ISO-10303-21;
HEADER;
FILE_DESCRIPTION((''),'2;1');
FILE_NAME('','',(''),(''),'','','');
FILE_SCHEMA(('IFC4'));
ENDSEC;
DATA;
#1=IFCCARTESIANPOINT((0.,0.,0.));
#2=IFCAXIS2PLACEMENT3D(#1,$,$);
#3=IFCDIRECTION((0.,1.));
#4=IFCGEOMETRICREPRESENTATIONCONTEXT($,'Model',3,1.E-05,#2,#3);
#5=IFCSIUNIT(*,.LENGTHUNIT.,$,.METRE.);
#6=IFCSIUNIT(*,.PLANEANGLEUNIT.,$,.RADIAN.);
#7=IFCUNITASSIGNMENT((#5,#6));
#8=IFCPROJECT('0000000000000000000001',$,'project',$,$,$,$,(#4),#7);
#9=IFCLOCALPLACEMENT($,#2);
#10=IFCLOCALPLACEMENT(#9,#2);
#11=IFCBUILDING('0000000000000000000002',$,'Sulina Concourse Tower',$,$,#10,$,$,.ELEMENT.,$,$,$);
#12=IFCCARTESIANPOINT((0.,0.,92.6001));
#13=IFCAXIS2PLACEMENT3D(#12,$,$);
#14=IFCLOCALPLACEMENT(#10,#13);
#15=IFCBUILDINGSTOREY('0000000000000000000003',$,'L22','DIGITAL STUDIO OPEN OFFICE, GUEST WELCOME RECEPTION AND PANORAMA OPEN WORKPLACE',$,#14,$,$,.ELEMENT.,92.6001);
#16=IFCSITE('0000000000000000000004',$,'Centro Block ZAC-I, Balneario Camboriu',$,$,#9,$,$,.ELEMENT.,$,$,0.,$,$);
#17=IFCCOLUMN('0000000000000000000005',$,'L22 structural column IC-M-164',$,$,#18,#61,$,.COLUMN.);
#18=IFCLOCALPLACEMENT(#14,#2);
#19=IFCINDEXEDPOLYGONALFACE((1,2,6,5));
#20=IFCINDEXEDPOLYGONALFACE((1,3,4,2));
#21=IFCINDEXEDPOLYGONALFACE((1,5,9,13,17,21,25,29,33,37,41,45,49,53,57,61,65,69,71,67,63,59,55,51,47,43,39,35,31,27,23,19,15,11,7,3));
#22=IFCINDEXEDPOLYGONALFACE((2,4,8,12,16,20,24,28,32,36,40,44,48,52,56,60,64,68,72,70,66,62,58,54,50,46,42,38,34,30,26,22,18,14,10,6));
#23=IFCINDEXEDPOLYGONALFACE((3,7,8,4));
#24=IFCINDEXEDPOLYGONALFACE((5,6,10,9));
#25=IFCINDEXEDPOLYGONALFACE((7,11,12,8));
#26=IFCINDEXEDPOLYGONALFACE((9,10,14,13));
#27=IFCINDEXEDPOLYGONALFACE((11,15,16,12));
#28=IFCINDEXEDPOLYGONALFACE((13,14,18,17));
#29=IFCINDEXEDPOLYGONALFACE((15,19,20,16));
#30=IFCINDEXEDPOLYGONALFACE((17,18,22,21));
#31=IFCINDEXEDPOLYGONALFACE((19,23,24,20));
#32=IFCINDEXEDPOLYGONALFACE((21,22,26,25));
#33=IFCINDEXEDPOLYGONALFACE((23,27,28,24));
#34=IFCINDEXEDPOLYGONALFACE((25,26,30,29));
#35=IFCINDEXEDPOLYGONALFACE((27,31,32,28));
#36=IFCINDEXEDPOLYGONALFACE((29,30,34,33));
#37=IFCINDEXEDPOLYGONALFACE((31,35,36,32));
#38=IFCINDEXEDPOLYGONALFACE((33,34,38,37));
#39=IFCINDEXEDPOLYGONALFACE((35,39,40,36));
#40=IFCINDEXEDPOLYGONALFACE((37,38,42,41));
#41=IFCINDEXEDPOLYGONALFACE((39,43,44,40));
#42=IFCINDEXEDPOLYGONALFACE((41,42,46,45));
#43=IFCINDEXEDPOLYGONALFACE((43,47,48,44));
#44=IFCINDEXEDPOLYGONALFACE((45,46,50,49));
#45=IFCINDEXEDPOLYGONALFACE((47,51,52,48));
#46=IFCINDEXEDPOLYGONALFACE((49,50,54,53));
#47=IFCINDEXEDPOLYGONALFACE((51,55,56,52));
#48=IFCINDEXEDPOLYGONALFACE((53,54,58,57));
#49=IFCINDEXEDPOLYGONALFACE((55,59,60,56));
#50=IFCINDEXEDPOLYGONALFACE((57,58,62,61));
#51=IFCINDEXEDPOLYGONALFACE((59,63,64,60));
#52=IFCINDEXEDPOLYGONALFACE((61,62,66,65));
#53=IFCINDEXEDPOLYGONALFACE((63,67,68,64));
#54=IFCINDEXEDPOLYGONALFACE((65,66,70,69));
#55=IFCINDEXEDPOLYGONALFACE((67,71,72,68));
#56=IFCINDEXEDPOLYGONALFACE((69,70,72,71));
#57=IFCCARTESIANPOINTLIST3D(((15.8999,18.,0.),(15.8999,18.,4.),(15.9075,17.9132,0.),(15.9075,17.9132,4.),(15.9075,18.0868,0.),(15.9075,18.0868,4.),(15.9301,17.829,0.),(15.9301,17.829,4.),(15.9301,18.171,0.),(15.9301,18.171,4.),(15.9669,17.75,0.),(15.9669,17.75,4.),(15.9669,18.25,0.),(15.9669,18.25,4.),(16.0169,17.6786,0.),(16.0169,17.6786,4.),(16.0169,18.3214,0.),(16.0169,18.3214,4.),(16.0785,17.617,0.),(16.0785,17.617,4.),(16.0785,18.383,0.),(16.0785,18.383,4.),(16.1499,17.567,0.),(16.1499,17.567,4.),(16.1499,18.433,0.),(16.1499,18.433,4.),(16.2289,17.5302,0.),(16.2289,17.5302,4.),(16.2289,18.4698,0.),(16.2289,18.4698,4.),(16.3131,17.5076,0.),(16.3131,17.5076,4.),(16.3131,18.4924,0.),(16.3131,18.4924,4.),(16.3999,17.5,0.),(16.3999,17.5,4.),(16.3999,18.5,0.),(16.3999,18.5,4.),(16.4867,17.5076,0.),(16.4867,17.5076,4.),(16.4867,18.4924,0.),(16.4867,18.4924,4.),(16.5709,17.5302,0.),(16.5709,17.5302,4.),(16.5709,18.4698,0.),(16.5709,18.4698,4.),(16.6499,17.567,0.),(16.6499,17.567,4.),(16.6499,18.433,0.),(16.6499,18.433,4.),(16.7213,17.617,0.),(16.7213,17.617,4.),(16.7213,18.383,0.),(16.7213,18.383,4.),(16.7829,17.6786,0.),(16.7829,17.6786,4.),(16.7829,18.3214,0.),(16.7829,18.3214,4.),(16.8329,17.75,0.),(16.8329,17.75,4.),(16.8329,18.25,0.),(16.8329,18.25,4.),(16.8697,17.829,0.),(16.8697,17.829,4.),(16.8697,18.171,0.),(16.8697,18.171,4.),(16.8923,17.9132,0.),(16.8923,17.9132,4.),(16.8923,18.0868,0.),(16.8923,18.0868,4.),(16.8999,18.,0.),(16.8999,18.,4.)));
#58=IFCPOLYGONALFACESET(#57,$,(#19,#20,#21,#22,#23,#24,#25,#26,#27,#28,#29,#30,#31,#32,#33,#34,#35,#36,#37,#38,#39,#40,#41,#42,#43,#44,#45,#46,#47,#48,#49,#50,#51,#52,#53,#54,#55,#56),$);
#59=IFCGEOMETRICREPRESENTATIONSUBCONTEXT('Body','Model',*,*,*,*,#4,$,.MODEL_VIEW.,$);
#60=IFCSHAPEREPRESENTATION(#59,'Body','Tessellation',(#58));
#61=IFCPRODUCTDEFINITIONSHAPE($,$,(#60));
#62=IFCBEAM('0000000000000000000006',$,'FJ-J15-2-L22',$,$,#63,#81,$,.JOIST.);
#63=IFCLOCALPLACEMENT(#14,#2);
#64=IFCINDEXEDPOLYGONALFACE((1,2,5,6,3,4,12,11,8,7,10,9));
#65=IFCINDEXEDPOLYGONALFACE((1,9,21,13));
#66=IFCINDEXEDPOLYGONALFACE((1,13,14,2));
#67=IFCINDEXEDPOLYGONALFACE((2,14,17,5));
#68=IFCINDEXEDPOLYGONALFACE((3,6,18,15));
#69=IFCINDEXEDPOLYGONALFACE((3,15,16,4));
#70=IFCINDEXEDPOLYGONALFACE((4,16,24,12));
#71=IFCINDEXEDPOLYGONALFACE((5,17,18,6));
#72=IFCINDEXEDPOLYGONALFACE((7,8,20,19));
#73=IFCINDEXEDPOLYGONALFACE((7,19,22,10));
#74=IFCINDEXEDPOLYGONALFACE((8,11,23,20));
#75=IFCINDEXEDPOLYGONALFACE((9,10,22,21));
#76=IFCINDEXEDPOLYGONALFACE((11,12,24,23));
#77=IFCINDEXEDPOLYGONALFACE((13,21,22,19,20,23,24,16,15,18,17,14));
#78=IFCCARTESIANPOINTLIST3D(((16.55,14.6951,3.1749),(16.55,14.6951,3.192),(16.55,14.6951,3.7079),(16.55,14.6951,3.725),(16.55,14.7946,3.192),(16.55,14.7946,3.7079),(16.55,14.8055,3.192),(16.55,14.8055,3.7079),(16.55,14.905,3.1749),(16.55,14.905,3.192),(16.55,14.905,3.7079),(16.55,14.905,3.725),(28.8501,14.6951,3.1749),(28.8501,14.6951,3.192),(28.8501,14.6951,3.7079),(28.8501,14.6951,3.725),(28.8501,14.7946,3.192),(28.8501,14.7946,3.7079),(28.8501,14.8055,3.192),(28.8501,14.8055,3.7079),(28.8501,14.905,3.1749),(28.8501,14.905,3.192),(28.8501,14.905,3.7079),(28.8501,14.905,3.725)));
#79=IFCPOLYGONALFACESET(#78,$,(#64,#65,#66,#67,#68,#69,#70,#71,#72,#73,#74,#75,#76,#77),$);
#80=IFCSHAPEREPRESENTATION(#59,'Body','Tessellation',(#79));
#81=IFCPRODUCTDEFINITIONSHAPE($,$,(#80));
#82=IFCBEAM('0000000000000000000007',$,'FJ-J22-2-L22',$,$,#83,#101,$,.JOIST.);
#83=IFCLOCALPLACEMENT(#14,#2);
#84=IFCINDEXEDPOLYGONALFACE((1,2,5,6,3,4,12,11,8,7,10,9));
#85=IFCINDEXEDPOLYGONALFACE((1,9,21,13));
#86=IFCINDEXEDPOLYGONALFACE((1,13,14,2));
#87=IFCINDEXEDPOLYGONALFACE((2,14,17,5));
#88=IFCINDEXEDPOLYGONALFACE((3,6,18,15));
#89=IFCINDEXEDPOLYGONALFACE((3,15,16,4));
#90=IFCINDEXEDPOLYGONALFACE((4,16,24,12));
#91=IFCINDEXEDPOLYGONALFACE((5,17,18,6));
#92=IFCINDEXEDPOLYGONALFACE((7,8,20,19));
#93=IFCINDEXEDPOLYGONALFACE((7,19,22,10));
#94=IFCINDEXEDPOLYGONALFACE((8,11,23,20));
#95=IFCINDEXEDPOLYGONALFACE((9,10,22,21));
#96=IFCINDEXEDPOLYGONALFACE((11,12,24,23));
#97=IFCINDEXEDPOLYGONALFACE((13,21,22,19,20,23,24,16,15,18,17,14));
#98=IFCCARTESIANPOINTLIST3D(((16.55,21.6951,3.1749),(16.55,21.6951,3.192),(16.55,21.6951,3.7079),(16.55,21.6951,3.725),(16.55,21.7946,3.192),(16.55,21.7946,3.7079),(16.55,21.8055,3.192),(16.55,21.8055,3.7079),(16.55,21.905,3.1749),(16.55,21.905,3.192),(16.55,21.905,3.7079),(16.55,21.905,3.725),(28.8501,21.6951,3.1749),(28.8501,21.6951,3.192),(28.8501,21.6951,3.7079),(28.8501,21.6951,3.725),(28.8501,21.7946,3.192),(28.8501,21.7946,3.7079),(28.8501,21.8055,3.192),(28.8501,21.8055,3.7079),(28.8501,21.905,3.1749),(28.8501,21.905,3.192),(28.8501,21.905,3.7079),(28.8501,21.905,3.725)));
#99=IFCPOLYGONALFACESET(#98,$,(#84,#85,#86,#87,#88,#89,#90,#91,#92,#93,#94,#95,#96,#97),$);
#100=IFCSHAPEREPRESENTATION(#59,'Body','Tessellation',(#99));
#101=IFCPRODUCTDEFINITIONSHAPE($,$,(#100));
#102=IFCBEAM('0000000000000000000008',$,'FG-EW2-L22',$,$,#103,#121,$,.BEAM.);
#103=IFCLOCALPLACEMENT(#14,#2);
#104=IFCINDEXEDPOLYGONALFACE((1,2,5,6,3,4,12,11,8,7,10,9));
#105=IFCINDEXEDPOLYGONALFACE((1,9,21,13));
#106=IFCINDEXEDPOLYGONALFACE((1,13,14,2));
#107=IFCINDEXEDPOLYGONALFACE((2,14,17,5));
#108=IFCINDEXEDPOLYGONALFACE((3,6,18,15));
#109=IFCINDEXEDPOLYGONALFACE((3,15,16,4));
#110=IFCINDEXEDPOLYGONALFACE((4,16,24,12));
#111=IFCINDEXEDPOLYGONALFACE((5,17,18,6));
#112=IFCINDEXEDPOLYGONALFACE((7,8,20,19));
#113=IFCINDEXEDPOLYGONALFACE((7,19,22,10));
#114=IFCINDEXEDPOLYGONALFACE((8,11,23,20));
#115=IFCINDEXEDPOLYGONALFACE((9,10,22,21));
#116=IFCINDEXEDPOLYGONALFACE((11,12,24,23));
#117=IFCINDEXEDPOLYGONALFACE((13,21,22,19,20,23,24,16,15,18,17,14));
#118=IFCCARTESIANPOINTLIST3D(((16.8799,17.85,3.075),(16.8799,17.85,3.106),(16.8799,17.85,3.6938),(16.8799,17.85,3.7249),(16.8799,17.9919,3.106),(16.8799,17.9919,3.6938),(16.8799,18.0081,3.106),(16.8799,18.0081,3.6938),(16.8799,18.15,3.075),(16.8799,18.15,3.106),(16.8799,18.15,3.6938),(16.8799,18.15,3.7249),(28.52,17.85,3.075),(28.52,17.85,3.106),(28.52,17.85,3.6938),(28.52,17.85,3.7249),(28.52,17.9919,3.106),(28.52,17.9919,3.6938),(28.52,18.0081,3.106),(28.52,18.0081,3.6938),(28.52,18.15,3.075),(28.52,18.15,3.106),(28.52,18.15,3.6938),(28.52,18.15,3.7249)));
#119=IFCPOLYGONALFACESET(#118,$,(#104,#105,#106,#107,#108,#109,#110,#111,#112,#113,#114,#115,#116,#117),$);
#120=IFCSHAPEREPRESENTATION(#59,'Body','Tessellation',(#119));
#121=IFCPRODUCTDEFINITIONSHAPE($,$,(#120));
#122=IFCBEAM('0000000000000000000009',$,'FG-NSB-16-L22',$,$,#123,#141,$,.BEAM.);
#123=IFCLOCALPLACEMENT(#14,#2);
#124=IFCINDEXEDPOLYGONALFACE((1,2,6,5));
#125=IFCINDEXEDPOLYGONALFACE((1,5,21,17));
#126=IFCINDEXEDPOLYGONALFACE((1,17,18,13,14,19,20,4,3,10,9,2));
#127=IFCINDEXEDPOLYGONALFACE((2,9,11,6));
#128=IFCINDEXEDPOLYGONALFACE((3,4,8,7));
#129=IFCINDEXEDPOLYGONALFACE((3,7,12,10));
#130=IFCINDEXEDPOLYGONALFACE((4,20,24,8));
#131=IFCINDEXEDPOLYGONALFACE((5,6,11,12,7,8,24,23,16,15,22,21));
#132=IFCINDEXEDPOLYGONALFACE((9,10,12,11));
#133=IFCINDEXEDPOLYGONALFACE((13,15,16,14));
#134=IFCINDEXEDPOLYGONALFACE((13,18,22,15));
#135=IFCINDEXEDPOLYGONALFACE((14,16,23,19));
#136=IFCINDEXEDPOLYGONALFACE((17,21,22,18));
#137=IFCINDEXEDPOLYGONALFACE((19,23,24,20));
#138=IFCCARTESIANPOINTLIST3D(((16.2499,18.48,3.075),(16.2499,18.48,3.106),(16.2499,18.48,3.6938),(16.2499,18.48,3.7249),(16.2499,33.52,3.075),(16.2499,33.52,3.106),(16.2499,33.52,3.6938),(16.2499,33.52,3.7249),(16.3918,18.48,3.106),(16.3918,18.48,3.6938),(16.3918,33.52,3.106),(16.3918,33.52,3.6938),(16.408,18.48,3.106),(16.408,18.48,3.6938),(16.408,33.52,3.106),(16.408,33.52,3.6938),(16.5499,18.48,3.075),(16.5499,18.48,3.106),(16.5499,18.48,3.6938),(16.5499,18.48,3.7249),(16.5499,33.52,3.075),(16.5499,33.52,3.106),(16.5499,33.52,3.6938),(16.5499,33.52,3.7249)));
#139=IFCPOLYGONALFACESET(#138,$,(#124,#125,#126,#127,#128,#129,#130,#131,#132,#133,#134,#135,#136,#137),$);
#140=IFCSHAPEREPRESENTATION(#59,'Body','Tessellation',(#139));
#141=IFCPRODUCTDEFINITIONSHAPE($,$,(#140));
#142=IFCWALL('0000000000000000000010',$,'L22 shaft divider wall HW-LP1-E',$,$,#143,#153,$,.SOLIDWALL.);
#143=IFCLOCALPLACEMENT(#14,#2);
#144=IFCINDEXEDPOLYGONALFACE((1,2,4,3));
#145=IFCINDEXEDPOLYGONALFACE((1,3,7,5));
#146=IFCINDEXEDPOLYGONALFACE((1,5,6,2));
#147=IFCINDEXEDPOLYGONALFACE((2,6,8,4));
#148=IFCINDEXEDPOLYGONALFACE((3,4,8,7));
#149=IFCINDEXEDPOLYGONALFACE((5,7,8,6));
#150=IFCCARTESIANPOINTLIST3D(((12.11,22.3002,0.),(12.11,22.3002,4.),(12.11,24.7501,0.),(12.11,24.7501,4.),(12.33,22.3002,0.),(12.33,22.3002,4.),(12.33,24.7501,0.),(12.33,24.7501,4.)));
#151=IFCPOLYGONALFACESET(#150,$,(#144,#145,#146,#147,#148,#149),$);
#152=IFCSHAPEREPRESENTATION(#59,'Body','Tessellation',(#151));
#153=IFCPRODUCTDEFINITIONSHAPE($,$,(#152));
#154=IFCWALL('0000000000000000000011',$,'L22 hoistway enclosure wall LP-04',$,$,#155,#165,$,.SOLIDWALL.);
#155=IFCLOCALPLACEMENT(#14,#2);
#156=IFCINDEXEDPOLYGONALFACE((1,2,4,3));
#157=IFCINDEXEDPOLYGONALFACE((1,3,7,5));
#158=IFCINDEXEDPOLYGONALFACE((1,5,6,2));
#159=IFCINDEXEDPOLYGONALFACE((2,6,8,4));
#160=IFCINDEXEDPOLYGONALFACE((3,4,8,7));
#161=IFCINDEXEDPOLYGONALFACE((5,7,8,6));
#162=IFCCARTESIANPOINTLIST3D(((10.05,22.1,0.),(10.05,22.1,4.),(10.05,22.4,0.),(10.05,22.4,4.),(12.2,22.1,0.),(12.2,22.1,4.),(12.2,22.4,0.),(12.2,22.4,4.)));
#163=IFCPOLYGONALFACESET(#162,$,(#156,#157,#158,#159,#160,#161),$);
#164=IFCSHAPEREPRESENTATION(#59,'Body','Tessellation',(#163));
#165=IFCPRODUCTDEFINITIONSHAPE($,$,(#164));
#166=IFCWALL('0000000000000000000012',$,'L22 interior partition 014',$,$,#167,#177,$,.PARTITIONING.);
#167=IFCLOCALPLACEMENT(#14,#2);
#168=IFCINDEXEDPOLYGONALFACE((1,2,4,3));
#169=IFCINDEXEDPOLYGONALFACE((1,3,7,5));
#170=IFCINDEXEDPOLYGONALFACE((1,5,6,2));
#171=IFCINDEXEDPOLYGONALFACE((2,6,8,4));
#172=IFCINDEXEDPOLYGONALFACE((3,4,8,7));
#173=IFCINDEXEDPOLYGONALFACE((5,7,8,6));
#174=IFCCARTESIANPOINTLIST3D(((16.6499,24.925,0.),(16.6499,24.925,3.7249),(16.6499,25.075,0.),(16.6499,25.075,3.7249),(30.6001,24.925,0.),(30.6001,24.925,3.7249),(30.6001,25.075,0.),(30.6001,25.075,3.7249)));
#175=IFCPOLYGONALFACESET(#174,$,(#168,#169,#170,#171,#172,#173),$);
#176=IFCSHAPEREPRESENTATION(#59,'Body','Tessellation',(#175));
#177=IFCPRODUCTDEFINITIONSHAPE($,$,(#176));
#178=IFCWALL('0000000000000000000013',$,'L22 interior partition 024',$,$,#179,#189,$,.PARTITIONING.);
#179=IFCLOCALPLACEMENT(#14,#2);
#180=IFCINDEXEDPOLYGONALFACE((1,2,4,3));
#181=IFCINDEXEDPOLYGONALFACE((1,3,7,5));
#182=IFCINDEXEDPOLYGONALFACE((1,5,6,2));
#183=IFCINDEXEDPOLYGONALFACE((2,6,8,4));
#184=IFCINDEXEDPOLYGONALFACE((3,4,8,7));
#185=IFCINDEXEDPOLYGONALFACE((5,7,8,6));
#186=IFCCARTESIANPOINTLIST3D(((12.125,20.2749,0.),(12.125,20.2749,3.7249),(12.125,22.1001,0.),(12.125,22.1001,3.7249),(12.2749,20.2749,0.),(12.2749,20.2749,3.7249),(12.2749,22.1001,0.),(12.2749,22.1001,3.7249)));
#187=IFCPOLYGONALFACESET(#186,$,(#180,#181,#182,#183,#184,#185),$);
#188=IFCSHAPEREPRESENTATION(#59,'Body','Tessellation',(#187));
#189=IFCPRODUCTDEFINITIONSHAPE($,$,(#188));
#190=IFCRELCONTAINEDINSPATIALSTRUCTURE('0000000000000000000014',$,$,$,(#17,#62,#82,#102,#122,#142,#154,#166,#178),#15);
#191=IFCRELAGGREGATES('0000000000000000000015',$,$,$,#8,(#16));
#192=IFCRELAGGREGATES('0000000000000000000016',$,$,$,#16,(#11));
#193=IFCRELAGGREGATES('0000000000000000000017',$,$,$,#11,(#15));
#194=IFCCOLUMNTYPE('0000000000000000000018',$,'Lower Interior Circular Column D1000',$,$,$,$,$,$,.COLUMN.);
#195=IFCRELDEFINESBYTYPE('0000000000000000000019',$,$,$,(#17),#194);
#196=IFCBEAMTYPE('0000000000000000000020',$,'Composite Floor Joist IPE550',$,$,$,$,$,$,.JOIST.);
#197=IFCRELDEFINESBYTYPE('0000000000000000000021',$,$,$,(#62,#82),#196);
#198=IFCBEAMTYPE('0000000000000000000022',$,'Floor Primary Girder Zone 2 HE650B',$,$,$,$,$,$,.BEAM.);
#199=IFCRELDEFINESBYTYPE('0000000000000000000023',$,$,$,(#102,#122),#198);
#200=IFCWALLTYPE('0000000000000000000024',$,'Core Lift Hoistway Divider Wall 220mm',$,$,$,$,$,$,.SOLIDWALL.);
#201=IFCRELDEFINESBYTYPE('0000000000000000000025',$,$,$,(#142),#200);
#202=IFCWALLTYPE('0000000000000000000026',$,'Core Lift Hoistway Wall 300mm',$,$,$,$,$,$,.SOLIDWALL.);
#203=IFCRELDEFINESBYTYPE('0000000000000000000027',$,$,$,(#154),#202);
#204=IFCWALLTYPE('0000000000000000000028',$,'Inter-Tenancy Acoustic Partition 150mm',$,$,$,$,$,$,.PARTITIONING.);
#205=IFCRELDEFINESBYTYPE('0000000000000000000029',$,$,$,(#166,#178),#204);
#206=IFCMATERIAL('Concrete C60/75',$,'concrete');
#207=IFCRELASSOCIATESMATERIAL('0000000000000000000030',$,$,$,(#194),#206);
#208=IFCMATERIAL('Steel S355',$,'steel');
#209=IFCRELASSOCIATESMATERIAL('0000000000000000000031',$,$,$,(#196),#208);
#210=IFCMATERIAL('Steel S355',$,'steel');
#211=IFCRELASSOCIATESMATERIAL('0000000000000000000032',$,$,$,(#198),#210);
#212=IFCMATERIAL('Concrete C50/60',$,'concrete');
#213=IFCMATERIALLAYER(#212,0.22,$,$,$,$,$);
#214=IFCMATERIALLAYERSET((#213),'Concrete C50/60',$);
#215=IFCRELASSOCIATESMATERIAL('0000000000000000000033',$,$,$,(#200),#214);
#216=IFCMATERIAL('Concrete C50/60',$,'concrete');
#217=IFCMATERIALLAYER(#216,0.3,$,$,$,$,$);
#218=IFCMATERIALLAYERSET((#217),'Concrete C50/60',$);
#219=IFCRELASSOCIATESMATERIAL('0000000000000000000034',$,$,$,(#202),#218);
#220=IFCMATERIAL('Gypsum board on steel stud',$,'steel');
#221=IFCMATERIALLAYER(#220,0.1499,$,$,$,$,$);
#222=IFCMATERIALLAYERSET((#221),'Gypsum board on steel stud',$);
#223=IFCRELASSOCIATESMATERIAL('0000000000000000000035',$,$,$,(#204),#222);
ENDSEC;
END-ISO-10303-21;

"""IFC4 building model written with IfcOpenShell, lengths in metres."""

from ifc_helpers import new_model, si_unit, direction, frame, frame_2d, origin, origin_2d, place, context, subcontext, project, spatial, rectangle, circle, i_section, extrude, material, layer, layer_set, material_profile, profile_set, type_object, element, save


model = new_model("IFC4")

# Units and contexts
model_context = context("Model", 3, precision=1e-05, world=origin(), true_north=direction((0.0, 1.0)))
body_context = subcontext(model_context, "Body", "Model", "MODEL_VIEW")
ifc_project = project(units=[si_unit("LENGTHUNIT", "METRE"), si_unit("PLANEANGLEUNIT", "RADIAN")], contexts=[model_context])

# Site, building, storey
site_placement = place(None, origin())
site = spatial("IfcSite", under=ifc_project, at=site_placement, Name="Centro Block ZAC-I, Balneario Camboriu", CompositionType="ELEMENT", RefElevation=0.0)
building_placement = place(site_placement, origin())
building = spatial("IfcBuilding", under=site, at=building_placement, Name="Sulina Concourse Tower", CompositionType="ELEMENT")
storey_placement = place(building_placement, frame((0.0, 0.0, 92.6001)))
storey = spatial("IfcBuildingStorey", under=building, at=storey_placement, Name="L22", Description="DIGITAL STUDIO OPEN OFFICE, GUEST WELCOME RECEPTION AND PANORAMA OPEN WORKPLACE", CompositionType="ELEMENT", Elevation=92.6001)

# Column
ifc_material_1 = material(Name="Concrete C60/75", Category="concrete")
ifc_material_profile_1 = material_profile(ifc_material_1, circle(Radius=0.5, at=origin_2d()), Name="RC D1000")
ifc_profile_set_1 = profile_set([ifc_material_profile_1], Name="Concrete C60/75")
column_type = type_object("IfcColumnType", Name="Lower Interior Circular Column D1000", PredefinedType="COLUMN", material=ifc_profile_set_1)
column_placement = place(storey_placement, frame((16.3999, 18.0, 0.0), z_axis=(0.0, 0.0, 1.0), x_axis=(1.0, 0.0, 0.0)))
element("IfcColumn", 1, at=column_placement, inside=storey, type_object=column_type, Name="L22 structural column IC-M-164", PredefinedType="COLUMN", context=body_context, shape_type="SweptSolid", body=[
    extrude(circle(Radius=0.5, at=origin_2d()), origin(), (0.0, 0.0, 1.0), 4.0),
])

# Beams
ifc_material_2 = material(Name="Steel S355", Category="steel")
ifc_material_profile_2 = material_profile(ifc_material_2, i_section(OverallWidth=0.21, OverallDepth=0.55, WebThickness=0.011, FlangeThickness=0.0171, at=origin_2d()), Name="IPE 550")
ifc_profile_set_2 = profile_set([ifc_material_profile_2], Name="Steel S355")
beam_type_1 = type_object("IfcBeamType", Name="Composite Floor Joist IPE550", PredefinedType="JOIST", material=ifc_profile_set_2)
for number, where, z_axis, x_axis, name in (
    (2, (16.55, 14.8, 3.45), (1.0, 0.0, 0.0), (0.0, 1.0, 0.0), "FJ-J15-2-L22"),
    (3, (16.55, 21.8, 3.45), (1.0, 0.0, 0.0), (0.0, 1.0, 0.0), "FJ-J22-2-L22"),
):
    element("IfcBeam", number, at=place(storey_placement, frame(where, z_axis=z_axis, x_axis=x_axis)), inside=storey, type_object=beam_type_1, Name=name, PredefinedType="JOIST", context=body_context, shape_type="SweptSolid", body=[
        extrude(i_section(OverallWidth=0.21, OverallDepth=0.55, WebThickness=0.011, FlangeThickness=0.0171, at=origin_2d()), origin(), (0.0, 0.0, 1.0), 12.3),
    ])
ifc_material_3 = material(Name="Steel S355", Category="steel")
ifc_material_profile_3 = material_profile(ifc_material_3, i_section(OverallWidth=0.3, OverallDepth=0.6499, WebThickness=0.0161, FlangeThickness=0.031, at=origin_2d()), Name="HE 650 B")
ifc_profile_set_3 = profile_set([ifc_material_profile_3], Name="Steel S355")
beam_type_2 = type_object("IfcBeamType", Name="Floor Primary Girder Zone 2 HE650B", PredefinedType="BEAM", material=ifc_profile_set_3)
beam_1_placement = place(storey_placement, frame((16.8799, 18.0, 3.3999), z_axis=(1.0, 0.0, 0.0), x_axis=(0.0, 1.0, 0.0)))
element("IfcBeam", 4, at=beam_1_placement, inside=storey, type_object=beam_type_2, Name="FG-EW2-L22", PredefinedType="BEAM", context=body_context, shape_type="SweptSolid", body=[
    extrude(i_section(OverallWidth=0.3, OverallDepth=0.6499, WebThickness=0.0161, FlangeThickness=0.031, at=origin_2d()), origin(), (0.0, 0.0, 1.0), 11.6401),
])
beam_2_placement = place(storey_placement, frame((16.3999, 18.48, 3.3999), z_axis=(0.0, 1.0, 0.0), x_axis=(-1.0, 0.0, 0.0)))
element("IfcBeam", 5, at=beam_2_placement, inside=storey, type_object=beam_type_2, Name="FG-NSB-16-L22", PredefinedType="BEAM", context=body_context, shape_type="SweptSolid", body=[
    extrude(i_section(OverallWidth=0.3, OverallDepth=0.6499, WebThickness=0.0161, FlangeThickness=0.031, at=origin_2d()), origin(), (0.0, 0.0, 1.0), 15.04),
])

# Walls
ifc_material_4 = material(Name="Concrete C50/60", Category="concrete")
ifc_layer_1 = layer(ifc_material_4, 0.22)
ifc_layer_set_1 = layer_set([ifc_layer_1], Name="Concrete C50/60")
wall_type_1 = type_object("IfcWallType", Name="Core Lift Hoistway Divider Wall 220mm", PredefinedType="SOLIDWALL", material=ifc_layer_set_1)
wall_1_placement = place(storey_placement, frame((12.22, 22.3, 0.0), z_axis=(0.0, 0.0, 1.0), x_axis=(0.0, 1.0, 0.0)))
element("IfcWall", 6, at=wall_1_placement, inside=storey, type_object=wall_type_1, Name="L22 shaft divider wall HW-LP1-E", PredefinedType="SOLIDWALL", context=body_context, shape_type="SweptSolid", body=[
    extrude(rectangle(XDim=2.45, YDim=0.22, at=frame_2d((1.2251, 0.0))), origin(), (0.0, 0.0, 1.0), 4.0),
])
ifc_material_5 = material(Name="Concrete C50/60", Category="concrete")
ifc_layer_2 = layer(ifc_material_5, 0.3)
ifc_layer_set_2 = layer_set([ifc_layer_2], Name="Concrete C50/60")
wall_type_2 = type_object("IfcWallType", Name="Core Lift Hoistway Wall 300mm", PredefinedType="SOLIDWALL", material=ifc_layer_set_2)
wall_2_placement = place(storey_placement, frame((12.2, 22.25, 0.0), z_axis=(0.0, 0.0, 1.0), x_axis=(-1.0, 0.0, 0.0)))
element("IfcWall", 7, at=wall_2_placement, inside=storey, type_object=wall_type_2, Name="L22 hoistway enclosure wall LP-04", PredefinedType="SOLIDWALL", context=body_context, shape_type="SweptSolid", body=[
    extrude(rectangle(XDim=2.1499, YDim=0.3, at=frame_2d((1.075, 0.0))), origin(), (0.0, 0.0, 1.0), 4.0),
])
ifc_material_6 = material(Name="Gypsum board on steel stud", Category="steel")
ifc_layer_3 = layer(ifc_material_6, 0.1499)
ifc_layer_set_3 = layer_set([ifc_layer_3], Name="Gypsum board on steel stud")
wall_type_3 = type_object("IfcWallType", Name="Inter-Tenancy Acoustic Partition 150mm", PredefinedType="PARTITIONING", material=ifc_layer_set_3)
wall_3_placement = place(storey_placement, frame((16.6499, 25.0, 0.0), z_axis=(0.0, 0.0, 1.0), x_axis=(1.0, 0.0, 0.0)))
element("IfcWall", 8, at=wall_3_placement, inside=storey, type_object=wall_type_3, Name="L22 interior partition 014", PredefinedType="PARTITIONING", context=body_context, shape_type="SweptSolid", body=[
    extrude(rectangle(XDim=13.9502, YDim=0.1499, at=frame_2d((6.9751, 0.0))), origin(), (0.0, 0.0, 1.0), 3.7249),
])
wall_4_placement = place(storey_placement, frame((12.2, 20.2749, 0.0), z_axis=(0.0, 0.0, 1.0), x_axis=(0.0, 1.0, 0.0)))
element("IfcWall", 9, at=wall_4_placement, inside=storey, type_object=wall_type_3, Name="L22 interior partition 024", PredefinedType="PARTITIONING", context=body_context, shape_type="SweptSolid", body=[
    extrude(rectangle(XDim=1.8252, YDim=0.1499, at=frame_2d((0.9126, 0.0))), origin(), (0.0, 0.0, 1.0), 3.7249),
])

save(model, "model.ifc")
